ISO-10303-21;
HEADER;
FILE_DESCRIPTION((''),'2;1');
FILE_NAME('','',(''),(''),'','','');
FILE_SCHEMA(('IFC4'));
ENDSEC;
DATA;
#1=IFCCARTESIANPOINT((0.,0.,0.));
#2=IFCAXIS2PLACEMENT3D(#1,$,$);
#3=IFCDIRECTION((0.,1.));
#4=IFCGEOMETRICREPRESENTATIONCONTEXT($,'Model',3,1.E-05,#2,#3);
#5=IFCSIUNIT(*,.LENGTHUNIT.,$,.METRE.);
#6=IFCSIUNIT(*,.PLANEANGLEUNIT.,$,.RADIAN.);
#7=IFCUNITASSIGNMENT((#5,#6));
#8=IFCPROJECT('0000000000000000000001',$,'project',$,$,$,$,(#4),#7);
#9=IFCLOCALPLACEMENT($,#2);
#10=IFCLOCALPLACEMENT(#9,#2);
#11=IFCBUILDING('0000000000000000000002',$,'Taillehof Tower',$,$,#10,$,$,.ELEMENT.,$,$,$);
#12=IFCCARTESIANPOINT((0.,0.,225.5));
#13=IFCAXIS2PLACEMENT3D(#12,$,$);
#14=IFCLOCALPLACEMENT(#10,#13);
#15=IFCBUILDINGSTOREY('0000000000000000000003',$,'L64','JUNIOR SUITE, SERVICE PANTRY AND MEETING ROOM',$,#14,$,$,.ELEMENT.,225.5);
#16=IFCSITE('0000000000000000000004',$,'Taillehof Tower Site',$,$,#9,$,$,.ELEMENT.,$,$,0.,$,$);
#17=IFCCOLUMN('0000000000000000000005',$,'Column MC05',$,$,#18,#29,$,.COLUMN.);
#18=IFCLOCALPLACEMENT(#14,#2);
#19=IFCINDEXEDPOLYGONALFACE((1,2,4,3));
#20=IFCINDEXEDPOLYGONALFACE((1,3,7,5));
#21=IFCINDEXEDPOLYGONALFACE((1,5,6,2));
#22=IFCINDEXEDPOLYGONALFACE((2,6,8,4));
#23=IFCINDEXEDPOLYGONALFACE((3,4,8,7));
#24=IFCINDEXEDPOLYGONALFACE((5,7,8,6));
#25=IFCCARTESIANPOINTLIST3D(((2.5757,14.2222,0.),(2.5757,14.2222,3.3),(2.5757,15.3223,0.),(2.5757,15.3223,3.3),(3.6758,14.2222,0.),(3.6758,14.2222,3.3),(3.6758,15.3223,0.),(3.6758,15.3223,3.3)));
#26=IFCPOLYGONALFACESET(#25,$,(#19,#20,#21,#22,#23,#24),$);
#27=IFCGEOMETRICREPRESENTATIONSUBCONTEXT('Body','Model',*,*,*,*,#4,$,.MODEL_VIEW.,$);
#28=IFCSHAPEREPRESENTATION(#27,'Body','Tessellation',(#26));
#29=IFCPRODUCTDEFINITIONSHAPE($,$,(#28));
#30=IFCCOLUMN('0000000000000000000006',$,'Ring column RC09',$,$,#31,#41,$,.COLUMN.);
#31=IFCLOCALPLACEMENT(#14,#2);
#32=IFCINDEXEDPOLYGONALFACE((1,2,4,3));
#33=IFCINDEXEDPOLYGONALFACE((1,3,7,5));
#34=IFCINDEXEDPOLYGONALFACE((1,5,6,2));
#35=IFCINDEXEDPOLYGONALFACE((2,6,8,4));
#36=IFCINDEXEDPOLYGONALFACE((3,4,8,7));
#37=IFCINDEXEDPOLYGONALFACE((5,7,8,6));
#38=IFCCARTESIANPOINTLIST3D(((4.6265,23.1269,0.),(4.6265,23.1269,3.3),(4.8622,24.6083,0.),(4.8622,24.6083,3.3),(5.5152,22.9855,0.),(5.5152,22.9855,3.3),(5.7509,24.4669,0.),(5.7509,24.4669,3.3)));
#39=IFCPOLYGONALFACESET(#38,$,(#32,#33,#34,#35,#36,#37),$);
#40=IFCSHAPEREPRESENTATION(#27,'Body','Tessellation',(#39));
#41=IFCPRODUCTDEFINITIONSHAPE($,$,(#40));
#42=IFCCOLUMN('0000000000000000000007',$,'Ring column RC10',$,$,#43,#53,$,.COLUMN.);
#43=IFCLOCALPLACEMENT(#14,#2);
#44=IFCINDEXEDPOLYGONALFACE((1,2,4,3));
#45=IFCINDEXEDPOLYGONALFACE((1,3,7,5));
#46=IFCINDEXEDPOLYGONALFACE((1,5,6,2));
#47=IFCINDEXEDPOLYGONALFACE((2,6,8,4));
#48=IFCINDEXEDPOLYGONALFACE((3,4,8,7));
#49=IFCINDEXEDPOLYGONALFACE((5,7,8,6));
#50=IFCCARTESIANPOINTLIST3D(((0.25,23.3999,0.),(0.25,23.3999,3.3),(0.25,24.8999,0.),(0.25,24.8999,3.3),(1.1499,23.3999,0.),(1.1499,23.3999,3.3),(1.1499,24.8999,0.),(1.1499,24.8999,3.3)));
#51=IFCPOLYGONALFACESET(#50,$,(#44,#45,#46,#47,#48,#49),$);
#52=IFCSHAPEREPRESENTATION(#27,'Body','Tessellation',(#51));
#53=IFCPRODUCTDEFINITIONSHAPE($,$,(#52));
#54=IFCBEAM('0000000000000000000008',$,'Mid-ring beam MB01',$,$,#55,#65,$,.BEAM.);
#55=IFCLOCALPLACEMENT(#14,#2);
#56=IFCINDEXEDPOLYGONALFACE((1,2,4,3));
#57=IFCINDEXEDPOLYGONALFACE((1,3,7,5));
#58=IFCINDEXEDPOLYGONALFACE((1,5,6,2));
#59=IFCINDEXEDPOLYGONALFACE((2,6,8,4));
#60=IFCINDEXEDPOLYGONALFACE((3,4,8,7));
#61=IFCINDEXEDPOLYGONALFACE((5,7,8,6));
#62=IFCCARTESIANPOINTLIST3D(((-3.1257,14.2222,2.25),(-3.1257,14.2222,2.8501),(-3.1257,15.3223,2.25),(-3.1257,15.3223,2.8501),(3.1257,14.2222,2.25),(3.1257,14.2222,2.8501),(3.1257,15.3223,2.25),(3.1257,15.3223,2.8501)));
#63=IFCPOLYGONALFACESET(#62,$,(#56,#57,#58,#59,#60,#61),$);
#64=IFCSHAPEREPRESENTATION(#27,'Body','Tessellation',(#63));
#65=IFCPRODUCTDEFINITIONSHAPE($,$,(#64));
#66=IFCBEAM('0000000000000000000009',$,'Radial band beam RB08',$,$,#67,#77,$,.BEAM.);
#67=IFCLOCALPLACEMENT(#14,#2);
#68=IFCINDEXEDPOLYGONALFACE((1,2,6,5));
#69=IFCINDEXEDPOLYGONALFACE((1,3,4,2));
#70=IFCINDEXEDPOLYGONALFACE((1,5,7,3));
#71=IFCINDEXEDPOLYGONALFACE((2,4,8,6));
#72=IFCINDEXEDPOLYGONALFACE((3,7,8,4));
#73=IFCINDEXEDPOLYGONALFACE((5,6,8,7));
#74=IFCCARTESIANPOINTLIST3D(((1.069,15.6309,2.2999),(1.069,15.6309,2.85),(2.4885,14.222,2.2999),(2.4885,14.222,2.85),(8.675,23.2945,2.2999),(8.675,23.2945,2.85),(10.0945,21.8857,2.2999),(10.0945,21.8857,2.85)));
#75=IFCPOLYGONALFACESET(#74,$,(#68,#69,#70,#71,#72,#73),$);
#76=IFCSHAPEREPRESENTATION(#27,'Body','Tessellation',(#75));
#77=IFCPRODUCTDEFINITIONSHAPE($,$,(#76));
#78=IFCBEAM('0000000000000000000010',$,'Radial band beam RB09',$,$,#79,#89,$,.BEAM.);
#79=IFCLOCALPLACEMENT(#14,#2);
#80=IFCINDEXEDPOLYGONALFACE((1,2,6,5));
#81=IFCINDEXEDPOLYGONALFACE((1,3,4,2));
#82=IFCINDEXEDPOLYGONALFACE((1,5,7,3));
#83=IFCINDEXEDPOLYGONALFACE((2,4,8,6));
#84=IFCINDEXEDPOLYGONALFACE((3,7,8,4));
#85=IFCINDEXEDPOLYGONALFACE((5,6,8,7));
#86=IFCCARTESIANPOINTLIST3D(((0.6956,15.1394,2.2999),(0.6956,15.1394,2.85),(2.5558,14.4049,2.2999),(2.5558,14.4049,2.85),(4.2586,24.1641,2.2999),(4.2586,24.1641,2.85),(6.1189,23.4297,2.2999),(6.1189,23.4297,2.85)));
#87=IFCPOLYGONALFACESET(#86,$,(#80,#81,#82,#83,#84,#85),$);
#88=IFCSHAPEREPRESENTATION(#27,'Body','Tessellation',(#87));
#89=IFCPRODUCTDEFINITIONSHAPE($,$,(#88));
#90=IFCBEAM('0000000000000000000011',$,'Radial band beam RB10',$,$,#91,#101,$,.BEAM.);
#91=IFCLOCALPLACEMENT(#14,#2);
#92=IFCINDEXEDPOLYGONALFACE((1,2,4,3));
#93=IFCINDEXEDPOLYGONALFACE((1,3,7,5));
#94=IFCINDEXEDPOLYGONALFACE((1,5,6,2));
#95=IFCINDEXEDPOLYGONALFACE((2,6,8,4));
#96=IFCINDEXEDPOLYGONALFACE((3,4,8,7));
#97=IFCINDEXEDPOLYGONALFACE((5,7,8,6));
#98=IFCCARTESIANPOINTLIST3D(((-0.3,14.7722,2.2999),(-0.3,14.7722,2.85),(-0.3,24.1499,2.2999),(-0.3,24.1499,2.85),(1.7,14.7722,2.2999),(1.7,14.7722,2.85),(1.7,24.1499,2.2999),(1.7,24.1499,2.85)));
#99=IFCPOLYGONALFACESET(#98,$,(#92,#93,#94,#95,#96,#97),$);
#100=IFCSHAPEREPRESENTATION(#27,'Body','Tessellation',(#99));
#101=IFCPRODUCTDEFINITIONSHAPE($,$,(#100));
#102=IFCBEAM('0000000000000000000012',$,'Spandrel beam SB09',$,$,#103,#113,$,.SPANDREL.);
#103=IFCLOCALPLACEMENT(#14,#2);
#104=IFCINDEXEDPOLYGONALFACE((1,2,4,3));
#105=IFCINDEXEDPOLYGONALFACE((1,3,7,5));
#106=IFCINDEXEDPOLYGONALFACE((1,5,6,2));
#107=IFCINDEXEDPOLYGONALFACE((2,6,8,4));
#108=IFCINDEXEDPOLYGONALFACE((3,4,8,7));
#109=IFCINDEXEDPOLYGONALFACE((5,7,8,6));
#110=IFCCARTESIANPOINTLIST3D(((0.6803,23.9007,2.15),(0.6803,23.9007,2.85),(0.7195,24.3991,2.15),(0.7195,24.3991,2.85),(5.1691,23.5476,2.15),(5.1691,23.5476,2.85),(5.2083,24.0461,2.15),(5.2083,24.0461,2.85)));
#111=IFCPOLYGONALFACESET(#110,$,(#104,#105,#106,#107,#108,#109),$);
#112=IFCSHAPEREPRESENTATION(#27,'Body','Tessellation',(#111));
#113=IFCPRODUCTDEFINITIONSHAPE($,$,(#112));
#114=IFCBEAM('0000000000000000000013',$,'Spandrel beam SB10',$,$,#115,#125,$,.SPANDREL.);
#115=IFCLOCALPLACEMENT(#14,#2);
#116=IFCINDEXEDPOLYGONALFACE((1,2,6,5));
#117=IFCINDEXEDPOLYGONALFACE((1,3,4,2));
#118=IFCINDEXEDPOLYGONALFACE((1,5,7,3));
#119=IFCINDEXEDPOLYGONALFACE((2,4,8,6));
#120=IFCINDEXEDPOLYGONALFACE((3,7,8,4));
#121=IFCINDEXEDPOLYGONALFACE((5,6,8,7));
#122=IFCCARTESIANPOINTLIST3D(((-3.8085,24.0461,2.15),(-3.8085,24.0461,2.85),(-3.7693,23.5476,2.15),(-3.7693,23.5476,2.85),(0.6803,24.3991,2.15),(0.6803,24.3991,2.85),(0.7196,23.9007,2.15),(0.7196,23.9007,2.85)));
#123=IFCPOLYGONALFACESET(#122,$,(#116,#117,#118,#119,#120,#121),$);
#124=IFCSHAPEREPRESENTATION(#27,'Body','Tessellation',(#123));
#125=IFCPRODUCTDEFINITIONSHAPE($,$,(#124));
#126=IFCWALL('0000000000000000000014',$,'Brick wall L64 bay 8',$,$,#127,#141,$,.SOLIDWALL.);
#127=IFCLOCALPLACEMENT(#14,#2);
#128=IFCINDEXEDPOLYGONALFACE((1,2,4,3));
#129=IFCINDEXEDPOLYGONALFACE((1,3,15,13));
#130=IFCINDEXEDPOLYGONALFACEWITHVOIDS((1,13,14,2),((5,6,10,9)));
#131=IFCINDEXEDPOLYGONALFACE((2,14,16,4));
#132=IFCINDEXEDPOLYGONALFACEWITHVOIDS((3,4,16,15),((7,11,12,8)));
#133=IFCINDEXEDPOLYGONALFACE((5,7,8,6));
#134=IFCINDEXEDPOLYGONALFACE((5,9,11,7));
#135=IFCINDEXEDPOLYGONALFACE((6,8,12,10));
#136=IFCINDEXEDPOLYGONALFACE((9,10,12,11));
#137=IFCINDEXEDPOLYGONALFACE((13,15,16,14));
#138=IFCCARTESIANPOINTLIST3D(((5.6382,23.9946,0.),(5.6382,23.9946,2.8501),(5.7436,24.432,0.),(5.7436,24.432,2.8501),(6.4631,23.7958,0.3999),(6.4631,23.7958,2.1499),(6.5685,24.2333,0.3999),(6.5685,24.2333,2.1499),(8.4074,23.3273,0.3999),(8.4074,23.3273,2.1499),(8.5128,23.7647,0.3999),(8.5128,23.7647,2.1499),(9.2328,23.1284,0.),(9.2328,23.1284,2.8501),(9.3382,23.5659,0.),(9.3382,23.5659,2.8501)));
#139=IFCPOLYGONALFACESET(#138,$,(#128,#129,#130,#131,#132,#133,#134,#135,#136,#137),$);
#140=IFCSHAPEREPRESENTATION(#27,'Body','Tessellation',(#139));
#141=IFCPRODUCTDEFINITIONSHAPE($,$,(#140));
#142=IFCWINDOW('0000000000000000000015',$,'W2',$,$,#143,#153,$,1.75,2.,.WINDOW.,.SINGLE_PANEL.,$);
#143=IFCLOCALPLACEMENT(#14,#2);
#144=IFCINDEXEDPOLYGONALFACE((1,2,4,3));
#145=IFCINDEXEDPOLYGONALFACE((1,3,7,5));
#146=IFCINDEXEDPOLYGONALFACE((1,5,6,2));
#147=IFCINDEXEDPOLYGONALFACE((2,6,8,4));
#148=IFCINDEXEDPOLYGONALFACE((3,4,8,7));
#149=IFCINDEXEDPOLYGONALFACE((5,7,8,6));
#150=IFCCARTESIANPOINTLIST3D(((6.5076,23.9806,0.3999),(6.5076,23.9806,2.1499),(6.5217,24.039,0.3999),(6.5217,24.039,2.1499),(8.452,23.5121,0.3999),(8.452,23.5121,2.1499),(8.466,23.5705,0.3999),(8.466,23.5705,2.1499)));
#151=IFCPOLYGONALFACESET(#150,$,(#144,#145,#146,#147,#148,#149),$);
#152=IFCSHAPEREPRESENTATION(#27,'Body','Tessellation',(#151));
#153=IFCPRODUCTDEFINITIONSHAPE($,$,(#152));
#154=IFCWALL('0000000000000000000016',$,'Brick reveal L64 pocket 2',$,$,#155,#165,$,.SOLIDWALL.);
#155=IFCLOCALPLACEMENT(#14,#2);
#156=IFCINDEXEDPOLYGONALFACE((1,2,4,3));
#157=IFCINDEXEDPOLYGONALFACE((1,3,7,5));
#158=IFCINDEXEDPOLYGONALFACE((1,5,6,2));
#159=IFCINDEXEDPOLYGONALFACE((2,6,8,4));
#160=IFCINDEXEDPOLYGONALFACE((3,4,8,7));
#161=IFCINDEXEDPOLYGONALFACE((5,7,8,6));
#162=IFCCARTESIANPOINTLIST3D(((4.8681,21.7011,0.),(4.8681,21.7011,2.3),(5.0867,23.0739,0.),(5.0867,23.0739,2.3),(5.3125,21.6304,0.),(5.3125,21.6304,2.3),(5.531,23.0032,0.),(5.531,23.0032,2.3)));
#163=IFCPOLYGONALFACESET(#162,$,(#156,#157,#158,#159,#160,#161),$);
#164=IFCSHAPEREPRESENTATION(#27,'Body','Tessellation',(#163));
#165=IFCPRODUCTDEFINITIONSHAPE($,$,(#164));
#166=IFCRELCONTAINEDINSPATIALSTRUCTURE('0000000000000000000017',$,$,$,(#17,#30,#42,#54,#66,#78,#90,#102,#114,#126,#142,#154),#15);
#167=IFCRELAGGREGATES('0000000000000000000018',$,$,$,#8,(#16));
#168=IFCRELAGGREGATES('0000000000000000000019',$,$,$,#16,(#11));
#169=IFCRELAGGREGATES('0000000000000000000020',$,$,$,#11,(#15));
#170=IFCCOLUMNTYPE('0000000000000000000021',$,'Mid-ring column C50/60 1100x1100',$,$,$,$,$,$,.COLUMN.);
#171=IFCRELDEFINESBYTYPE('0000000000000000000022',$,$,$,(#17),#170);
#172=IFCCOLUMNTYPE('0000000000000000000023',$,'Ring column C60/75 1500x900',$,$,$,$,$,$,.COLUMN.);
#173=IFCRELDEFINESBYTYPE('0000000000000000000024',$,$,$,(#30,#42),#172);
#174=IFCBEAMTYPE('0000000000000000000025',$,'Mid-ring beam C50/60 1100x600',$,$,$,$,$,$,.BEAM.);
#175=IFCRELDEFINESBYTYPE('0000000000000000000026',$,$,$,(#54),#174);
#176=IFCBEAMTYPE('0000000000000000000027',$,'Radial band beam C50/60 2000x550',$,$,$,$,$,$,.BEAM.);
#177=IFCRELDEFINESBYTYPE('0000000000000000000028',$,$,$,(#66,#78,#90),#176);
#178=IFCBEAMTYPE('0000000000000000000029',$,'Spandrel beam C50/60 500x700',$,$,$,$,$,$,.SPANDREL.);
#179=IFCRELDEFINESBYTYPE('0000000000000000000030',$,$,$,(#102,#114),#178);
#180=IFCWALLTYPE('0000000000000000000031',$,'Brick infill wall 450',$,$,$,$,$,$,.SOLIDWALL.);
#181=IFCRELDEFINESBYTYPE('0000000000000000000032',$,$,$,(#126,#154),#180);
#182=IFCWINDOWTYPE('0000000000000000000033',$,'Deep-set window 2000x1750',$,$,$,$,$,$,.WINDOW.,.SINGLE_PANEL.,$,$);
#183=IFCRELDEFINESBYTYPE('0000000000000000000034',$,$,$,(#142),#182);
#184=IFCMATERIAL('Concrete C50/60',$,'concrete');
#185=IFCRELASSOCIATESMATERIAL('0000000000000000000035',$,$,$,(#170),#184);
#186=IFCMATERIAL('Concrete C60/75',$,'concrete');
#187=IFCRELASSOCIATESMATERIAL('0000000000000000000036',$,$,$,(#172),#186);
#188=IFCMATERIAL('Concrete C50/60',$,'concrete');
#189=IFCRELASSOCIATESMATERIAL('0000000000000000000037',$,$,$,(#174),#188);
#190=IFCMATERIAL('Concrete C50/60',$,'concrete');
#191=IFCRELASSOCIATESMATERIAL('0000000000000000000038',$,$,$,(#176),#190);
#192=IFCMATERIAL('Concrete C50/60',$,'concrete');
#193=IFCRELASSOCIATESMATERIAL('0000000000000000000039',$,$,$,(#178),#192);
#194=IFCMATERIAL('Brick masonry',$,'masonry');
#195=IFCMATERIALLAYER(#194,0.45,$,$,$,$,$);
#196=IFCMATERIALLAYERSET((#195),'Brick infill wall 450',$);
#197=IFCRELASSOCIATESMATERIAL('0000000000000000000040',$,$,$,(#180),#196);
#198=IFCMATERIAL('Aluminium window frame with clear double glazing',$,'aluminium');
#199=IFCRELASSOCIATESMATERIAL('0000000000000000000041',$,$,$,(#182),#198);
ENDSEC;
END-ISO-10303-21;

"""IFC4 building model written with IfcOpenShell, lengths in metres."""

from ifc_helpers import new_model, si_unit, direction, frame, frame_2d, origin, origin_2d, place, context, subcontext, project, spatial, rectangle, extrude, material, layer, layer_set, material_profile, profile_set, type_object, element, fill, save


model = new_model("IFC4")

# Units and contexts
model_context = context("Model", 3, precision=1e-05, world=origin(), true_north=direction((0.0, 1.0)))
body_context = subcontext(model_context, "Body", "Model", "MODEL_VIEW")
ifc_project = project(units=[si_unit("LENGTHUNIT", "METRE"), si_unit("PLANEANGLEUNIT", "RADIAN")], contexts=[model_context])

# Site, building, storey
site_placement = place(None, origin())
site = spatial("IfcSite", under=ifc_project, at=site_placement, Name="Taillehof Tower Site", CompositionType="ELEMENT", RefElevation=0.0)
building_placement = place(site_placement, origin())
building = spatial("IfcBuilding", under=site, at=building_placement, Name="Taillehof Tower", CompositionType="ELEMENT")
storey_placement = place(building_placement, frame((0.0, 0.0, 225.5)))
storey = spatial("IfcBuildingStorey", under=building, at=storey_placement, Name="L64", Description="JUNIOR SUITE, SERVICE PANTRY AND MEETING ROOM", CompositionType="ELEMENT", Elevation=225.5)

# Columns
ifc_material_1 = material(Name="Concrete C50/60", Category="concrete")
ifc_material_profile_1 = material_profile(ifc_material_1, rectangle(XDim=1.1001, YDim=1.1001, at=origin_2d()), Name="RC 1100x1100")
ifc_profile_set_1 = profile_set([ifc_material_profile_1], Name="Concrete C50/60")
column_type_1 = type_object("IfcColumnType", Name="Mid-ring column C50/60 1100x1100", PredefinedType="COLUMN", material=ifc_profile_set_1)
column_placement = place(storey_placement, frame((3.1257, 14.7722, 0.0), z_axis=(0.0, 0.0, 1.0), x_axis=(1.0, 0.0, 0.0)))
element("IfcColumn", 1, at=column_placement, inside=storey, type_object=column_type_1, Name="Column MC05", PredefinedType="COLUMN", context=body_context, shape_type="SweptSolid", body=[
    extrude(rectangle(XDim=1.1001, YDim=1.1001, at=origin_2d()), origin(), (0.0, 0.0, 1.0), 3.3),
])
ifc_material_2 = material(Name="Concrete C60/75", Category="concrete")
ifc_material_profile_2 = material_profile(ifc_material_2, rectangle(XDim=1.5, YDim=0.8999, at=origin_2d()), Name="RC 1500x900")
ifc_profile_set_2 = profile_set([ifc_material_profile_2], Name="Concrete C60/75")
column_type_2 = type_object("IfcColumnType", Name="Ring column C60/75 1500x900", PredefinedType="COLUMN", material=ifc_profile_set_2)
for number, where, z_axis, x_axis, name in (
    (2, (5.1887, 23.7969, 0.0), (0.0, 0.0, 1.0), (0.157116, 0.98758, 0.0), "Ring column RC09"),
    (3, (0.7, 24.1499, 0.0), (0.0, 0.0, 1.0), (0.0, 1.0, 0.0), "Ring column RC10"),
):
    element("IfcColumn", number, at=place(storey_placement, frame(where, z_axis=z_axis, x_axis=x_axis)), inside=storey, type_object=column_type_2, Name=name, PredefinedType="COLUMN", context=body_context, shape_type="SweptSolid", body=[
        extrude(rectangle(XDim=1.5, YDim=0.8999, at=origin_2d()), origin(), (0.0, 0.0, 1.0), 3.3),
    ])

# Beams
ifc_material_3 = material(Name="Concrete C50/60", Category="concrete")
ifc_material_profile_3 = material_profile(ifc_material_3, rectangle(XDim=1.1001, YDim=0.6001, at=origin_2d()), Name="RC 1100x600")
ifc_profile_set_3 = profile_set([ifc_material_profile_3], Name="Concrete C50/60")
beam_type_1 = type_object("IfcBeamType", Name="Mid-ring beam C50/60 1100x600", PredefinedType="BEAM", material=ifc_profile_set_3)
beam_1_placement = place(storey_placement, frame((3.1257, 14.7722, 2.55), z_axis=(-1.0, 0.0, 0.0), x_axis=(0.0, -1.0, 0.0)))
element("IfcBeam", 4, at=beam_1_placement, inside=storey, type_object=beam_type_1, Name="Mid-ring beam MB01", PredefinedType="BEAM", context=body_context, shape_type="SweptSolid", body=[
    extrude(rectangle(XDim=1.1001, YDim=0.6001, at=origin_2d()), origin(), (0.0, 0.0, 1.0), 6.2515),
])
ifc_material_4 = material(Name="Concrete C50/60", Category="concrete")
ifc_material_profile_4 = material_profile(ifc_material_4, rectangle(XDim=2.0, YDim=0.55, at=origin_2d()), Name="RC 2000x550")
ifc_profile_set_4 = profile_set([ifc_material_profile_4], Name="Concrete C50/60")
beam_type_2 = type_object("IfcBeamType", Name="Radial band beam C50/60 2000x550", PredefinedType="BEAM", material=ifc_profile_set_4)
beam_2_placement = place(storey_placement, frame((9.3848, 22.5901, 2.575), z_axis=(-0.704434, -0.70977, 0.0), x_axis=(0.70977, -0.704434, 0.0)))
element("IfcBeam", 5, at=beam_2_placement, inside=storey, type_object=beam_type_2, Name="Radial band beam RB08", PredefinedType="BEAM", context=body_context, shape_type="SweptSolid", body=[
    extrude(rectangle(XDim=2.0, YDim=0.55, at=origin_2d()), origin(), (0.0, 0.0, 1.0), 10.7974),
])
beam_3_placement = place(storey_placement, frame((5.1887, 23.7969, 2.575), z_axis=(-0.367222, -0.930133, 0.0), x_axis=(0.930133, -0.367222, 0.0)))
element("IfcBeam", 6, at=beam_3_placement, inside=storey, type_object=beam_type_2, Name="Radial band beam RB09", PredefinedType="BEAM", context=body_context, shape_type="SweptSolid", body=[
    extrude(rectangle(XDim=2.0, YDim=0.55, at=origin_2d()), origin(), (0.0, 0.0, 1.0), 9.7026),
])
beam_4_placement = place(storey_placement, frame((0.7, 24.1499, 2.575), z_axis=(0.0, -1.0, 0.0), x_axis=(1.0, 0.0, 0.0)))
element("IfcBeam", 7, at=beam_4_placement, inside=storey, type_object=beam_type_2, Name="Radial band beam RB10", PredefinedType="BEAM", context=body_context, shape_type="SweptSolid", body=[
    extrude(rectangle(XDim=2.0, YDim=0.55, at=origin_2d()), origin(), (0.0, 0.0, 1.0), 9.3777),
])
ifc_material_5 = material(Name="Concrete C50/60", Category="concrete")
ifc_material_profile_5 = material_profile(ifc_material_5, rectangle(XDim=0.5, YDim=0.7, at=origin_2d()), Name="RC 500x700")
ifc_profile_set_5 = profile_set([ifc_material_profile_5], Name="Concrete C50/60")
beam_type_3 = type_object("IfcBeamType", Name="Spandrel beam C50/60 500x700", PredefinedType="SPANDREL", material=ifc_profile_set_5)
for number, where, z_axis, x_axis, name in (
    (8, (5.1887, 23.7969, 2.5), (-0.996922, 0.078405, 0.0), (-0.078405, -0.996922, 0.0), "Spandrel beam SB09"),
    (9, (0.7, 24.1499, 2.5), (-0.996922, -0.078405, 0.0), (0.078405, -0.996922, 0.0), "Spandrel beam SB10"),
):
    element("IfcBeam", number, at=place(storey_placement, frame(where, z_axis=z_axis, x_axis=x_axis)), inside=storey, type_object=beam_type_3, Name=name, PredefinedType="SPANDREL", context=body_context, shape_type="SweptSolid", body=[
        extrude(rectangle(XDim=0.5, YDim=0.7, at=origin_2d()), origin(), (0.0, 0.0, 1.0), 4.5027),
    ])

# Wall, opening, window
ifc_material_6 = material(Name="Brick masonry", Category="masonry")
ifc_layer_1 = layer(ifc_material_6, 0.45)
ifc_layer_set_1 = layer_set([ifc_layer_1], Name="Brick infill wall 450")
wall_type_1 = type_object("IfcWallType", Name="Brick infill wall 450", PredefinedType="SOLIDWALL", material=ifc_layer_set_1)
wall_1_placement = place(storey_placement, frame((9.2854, 23.3472, 0.0), z_axis=(0.0, 0.0, 1.0), x_axis=(-0.972174, 0.234262, 0.0)))
wall_1 = element("IfcWall", 10, at=wall_1_placement, inside=storey, type_object=wall_type_1, Name="Brick wall L64 bay 8", PredefinedType="SOLIDWALL", context=body_context, shape_type="SweptSolid", body=[
    extrude(rectangle(XDim=3.6975, YDim=0.45, at=frame_2d((1.8486, 0.0))), origin(), (0.0, 0.0, 1.0), 2.8501),
])
opening_1_placement = place(wall_1_placement, frame((0.8489, 0.0, 0.3999)))
opening_1 = element("IfcOpeningElement", 11, at=opening_1_placement, cuts=wall_1, PredefinedType="OPENING", context=body_context, shape_type="SweptSolid", body=[
    extrude(rectangle(XDim=2.0, YDim=1.75, at=frame_2d((1.0, 0.875))), frame((0.0, 0.2349, 0.0), z_axis=(0.0, -1.0, 0.0), x_axis=(1.0, 0.0, 0.0)), (0.0, 0.0, 1.0), 0.47),
])
ifc_material_7 = material(Name="Aluminium window frame with clear double glazing", Category="aluminium")
window_type_1 = type_object("IfcWindowType", Name="Deep-set window 2000x1750", PartitioningType="SINGLE_PANEL", PredefinedType="WINDOW", material=ifc_material_7)
window_1_placement = place(opening_1_placement, origin())
window_1 = element("IfcWindow", 12, at=window_1_placement, inside=storey, type_object=window_type_1, Name="W2", OverallHeight=1.75, OverallWidth=2.0, PartitioningType="SINGLE_PANEL", PredefinedType="WINDOW", context=body_context, shape_type="SweptSolid", body=[
    extrude(rectangle(XDim=2.0, YDim=1.75, at=frame_2d((1.0, 0.875))), frame((0.0, 0.0349, 0.0), z_axis=(0.0, -1.0, 0.0), x_axis=(1.0, 0.0, 0.0)), (0.0, 0.0, 1.0), 0.0601),
])
fill(opening_1, window_1)

# Wall
wall_2_placement = place(storey_placement, frame((5.3088, 23.0386, 0.0), z_axis=(0.0, 0.0, 1.0), x_axis=(-0.157189, -0.987569, 0.0)))
element("IfcWall", 13, at=wall_2_placement, inside=storey, type_object=wall_type_1, Name="Brick reveal L64 pocket 2", PredefinedType="SOLIDWALL", context=body_context, shape_type="SweptSolid", body=[
    extrude(rectangle(XDim=1.3901, YDim=0.45, at=frame_2d((0.6951, 0.0))), origin(), (0.0, 0.0, 1.0), 2.3),
])

save(model, "model.ifc")
